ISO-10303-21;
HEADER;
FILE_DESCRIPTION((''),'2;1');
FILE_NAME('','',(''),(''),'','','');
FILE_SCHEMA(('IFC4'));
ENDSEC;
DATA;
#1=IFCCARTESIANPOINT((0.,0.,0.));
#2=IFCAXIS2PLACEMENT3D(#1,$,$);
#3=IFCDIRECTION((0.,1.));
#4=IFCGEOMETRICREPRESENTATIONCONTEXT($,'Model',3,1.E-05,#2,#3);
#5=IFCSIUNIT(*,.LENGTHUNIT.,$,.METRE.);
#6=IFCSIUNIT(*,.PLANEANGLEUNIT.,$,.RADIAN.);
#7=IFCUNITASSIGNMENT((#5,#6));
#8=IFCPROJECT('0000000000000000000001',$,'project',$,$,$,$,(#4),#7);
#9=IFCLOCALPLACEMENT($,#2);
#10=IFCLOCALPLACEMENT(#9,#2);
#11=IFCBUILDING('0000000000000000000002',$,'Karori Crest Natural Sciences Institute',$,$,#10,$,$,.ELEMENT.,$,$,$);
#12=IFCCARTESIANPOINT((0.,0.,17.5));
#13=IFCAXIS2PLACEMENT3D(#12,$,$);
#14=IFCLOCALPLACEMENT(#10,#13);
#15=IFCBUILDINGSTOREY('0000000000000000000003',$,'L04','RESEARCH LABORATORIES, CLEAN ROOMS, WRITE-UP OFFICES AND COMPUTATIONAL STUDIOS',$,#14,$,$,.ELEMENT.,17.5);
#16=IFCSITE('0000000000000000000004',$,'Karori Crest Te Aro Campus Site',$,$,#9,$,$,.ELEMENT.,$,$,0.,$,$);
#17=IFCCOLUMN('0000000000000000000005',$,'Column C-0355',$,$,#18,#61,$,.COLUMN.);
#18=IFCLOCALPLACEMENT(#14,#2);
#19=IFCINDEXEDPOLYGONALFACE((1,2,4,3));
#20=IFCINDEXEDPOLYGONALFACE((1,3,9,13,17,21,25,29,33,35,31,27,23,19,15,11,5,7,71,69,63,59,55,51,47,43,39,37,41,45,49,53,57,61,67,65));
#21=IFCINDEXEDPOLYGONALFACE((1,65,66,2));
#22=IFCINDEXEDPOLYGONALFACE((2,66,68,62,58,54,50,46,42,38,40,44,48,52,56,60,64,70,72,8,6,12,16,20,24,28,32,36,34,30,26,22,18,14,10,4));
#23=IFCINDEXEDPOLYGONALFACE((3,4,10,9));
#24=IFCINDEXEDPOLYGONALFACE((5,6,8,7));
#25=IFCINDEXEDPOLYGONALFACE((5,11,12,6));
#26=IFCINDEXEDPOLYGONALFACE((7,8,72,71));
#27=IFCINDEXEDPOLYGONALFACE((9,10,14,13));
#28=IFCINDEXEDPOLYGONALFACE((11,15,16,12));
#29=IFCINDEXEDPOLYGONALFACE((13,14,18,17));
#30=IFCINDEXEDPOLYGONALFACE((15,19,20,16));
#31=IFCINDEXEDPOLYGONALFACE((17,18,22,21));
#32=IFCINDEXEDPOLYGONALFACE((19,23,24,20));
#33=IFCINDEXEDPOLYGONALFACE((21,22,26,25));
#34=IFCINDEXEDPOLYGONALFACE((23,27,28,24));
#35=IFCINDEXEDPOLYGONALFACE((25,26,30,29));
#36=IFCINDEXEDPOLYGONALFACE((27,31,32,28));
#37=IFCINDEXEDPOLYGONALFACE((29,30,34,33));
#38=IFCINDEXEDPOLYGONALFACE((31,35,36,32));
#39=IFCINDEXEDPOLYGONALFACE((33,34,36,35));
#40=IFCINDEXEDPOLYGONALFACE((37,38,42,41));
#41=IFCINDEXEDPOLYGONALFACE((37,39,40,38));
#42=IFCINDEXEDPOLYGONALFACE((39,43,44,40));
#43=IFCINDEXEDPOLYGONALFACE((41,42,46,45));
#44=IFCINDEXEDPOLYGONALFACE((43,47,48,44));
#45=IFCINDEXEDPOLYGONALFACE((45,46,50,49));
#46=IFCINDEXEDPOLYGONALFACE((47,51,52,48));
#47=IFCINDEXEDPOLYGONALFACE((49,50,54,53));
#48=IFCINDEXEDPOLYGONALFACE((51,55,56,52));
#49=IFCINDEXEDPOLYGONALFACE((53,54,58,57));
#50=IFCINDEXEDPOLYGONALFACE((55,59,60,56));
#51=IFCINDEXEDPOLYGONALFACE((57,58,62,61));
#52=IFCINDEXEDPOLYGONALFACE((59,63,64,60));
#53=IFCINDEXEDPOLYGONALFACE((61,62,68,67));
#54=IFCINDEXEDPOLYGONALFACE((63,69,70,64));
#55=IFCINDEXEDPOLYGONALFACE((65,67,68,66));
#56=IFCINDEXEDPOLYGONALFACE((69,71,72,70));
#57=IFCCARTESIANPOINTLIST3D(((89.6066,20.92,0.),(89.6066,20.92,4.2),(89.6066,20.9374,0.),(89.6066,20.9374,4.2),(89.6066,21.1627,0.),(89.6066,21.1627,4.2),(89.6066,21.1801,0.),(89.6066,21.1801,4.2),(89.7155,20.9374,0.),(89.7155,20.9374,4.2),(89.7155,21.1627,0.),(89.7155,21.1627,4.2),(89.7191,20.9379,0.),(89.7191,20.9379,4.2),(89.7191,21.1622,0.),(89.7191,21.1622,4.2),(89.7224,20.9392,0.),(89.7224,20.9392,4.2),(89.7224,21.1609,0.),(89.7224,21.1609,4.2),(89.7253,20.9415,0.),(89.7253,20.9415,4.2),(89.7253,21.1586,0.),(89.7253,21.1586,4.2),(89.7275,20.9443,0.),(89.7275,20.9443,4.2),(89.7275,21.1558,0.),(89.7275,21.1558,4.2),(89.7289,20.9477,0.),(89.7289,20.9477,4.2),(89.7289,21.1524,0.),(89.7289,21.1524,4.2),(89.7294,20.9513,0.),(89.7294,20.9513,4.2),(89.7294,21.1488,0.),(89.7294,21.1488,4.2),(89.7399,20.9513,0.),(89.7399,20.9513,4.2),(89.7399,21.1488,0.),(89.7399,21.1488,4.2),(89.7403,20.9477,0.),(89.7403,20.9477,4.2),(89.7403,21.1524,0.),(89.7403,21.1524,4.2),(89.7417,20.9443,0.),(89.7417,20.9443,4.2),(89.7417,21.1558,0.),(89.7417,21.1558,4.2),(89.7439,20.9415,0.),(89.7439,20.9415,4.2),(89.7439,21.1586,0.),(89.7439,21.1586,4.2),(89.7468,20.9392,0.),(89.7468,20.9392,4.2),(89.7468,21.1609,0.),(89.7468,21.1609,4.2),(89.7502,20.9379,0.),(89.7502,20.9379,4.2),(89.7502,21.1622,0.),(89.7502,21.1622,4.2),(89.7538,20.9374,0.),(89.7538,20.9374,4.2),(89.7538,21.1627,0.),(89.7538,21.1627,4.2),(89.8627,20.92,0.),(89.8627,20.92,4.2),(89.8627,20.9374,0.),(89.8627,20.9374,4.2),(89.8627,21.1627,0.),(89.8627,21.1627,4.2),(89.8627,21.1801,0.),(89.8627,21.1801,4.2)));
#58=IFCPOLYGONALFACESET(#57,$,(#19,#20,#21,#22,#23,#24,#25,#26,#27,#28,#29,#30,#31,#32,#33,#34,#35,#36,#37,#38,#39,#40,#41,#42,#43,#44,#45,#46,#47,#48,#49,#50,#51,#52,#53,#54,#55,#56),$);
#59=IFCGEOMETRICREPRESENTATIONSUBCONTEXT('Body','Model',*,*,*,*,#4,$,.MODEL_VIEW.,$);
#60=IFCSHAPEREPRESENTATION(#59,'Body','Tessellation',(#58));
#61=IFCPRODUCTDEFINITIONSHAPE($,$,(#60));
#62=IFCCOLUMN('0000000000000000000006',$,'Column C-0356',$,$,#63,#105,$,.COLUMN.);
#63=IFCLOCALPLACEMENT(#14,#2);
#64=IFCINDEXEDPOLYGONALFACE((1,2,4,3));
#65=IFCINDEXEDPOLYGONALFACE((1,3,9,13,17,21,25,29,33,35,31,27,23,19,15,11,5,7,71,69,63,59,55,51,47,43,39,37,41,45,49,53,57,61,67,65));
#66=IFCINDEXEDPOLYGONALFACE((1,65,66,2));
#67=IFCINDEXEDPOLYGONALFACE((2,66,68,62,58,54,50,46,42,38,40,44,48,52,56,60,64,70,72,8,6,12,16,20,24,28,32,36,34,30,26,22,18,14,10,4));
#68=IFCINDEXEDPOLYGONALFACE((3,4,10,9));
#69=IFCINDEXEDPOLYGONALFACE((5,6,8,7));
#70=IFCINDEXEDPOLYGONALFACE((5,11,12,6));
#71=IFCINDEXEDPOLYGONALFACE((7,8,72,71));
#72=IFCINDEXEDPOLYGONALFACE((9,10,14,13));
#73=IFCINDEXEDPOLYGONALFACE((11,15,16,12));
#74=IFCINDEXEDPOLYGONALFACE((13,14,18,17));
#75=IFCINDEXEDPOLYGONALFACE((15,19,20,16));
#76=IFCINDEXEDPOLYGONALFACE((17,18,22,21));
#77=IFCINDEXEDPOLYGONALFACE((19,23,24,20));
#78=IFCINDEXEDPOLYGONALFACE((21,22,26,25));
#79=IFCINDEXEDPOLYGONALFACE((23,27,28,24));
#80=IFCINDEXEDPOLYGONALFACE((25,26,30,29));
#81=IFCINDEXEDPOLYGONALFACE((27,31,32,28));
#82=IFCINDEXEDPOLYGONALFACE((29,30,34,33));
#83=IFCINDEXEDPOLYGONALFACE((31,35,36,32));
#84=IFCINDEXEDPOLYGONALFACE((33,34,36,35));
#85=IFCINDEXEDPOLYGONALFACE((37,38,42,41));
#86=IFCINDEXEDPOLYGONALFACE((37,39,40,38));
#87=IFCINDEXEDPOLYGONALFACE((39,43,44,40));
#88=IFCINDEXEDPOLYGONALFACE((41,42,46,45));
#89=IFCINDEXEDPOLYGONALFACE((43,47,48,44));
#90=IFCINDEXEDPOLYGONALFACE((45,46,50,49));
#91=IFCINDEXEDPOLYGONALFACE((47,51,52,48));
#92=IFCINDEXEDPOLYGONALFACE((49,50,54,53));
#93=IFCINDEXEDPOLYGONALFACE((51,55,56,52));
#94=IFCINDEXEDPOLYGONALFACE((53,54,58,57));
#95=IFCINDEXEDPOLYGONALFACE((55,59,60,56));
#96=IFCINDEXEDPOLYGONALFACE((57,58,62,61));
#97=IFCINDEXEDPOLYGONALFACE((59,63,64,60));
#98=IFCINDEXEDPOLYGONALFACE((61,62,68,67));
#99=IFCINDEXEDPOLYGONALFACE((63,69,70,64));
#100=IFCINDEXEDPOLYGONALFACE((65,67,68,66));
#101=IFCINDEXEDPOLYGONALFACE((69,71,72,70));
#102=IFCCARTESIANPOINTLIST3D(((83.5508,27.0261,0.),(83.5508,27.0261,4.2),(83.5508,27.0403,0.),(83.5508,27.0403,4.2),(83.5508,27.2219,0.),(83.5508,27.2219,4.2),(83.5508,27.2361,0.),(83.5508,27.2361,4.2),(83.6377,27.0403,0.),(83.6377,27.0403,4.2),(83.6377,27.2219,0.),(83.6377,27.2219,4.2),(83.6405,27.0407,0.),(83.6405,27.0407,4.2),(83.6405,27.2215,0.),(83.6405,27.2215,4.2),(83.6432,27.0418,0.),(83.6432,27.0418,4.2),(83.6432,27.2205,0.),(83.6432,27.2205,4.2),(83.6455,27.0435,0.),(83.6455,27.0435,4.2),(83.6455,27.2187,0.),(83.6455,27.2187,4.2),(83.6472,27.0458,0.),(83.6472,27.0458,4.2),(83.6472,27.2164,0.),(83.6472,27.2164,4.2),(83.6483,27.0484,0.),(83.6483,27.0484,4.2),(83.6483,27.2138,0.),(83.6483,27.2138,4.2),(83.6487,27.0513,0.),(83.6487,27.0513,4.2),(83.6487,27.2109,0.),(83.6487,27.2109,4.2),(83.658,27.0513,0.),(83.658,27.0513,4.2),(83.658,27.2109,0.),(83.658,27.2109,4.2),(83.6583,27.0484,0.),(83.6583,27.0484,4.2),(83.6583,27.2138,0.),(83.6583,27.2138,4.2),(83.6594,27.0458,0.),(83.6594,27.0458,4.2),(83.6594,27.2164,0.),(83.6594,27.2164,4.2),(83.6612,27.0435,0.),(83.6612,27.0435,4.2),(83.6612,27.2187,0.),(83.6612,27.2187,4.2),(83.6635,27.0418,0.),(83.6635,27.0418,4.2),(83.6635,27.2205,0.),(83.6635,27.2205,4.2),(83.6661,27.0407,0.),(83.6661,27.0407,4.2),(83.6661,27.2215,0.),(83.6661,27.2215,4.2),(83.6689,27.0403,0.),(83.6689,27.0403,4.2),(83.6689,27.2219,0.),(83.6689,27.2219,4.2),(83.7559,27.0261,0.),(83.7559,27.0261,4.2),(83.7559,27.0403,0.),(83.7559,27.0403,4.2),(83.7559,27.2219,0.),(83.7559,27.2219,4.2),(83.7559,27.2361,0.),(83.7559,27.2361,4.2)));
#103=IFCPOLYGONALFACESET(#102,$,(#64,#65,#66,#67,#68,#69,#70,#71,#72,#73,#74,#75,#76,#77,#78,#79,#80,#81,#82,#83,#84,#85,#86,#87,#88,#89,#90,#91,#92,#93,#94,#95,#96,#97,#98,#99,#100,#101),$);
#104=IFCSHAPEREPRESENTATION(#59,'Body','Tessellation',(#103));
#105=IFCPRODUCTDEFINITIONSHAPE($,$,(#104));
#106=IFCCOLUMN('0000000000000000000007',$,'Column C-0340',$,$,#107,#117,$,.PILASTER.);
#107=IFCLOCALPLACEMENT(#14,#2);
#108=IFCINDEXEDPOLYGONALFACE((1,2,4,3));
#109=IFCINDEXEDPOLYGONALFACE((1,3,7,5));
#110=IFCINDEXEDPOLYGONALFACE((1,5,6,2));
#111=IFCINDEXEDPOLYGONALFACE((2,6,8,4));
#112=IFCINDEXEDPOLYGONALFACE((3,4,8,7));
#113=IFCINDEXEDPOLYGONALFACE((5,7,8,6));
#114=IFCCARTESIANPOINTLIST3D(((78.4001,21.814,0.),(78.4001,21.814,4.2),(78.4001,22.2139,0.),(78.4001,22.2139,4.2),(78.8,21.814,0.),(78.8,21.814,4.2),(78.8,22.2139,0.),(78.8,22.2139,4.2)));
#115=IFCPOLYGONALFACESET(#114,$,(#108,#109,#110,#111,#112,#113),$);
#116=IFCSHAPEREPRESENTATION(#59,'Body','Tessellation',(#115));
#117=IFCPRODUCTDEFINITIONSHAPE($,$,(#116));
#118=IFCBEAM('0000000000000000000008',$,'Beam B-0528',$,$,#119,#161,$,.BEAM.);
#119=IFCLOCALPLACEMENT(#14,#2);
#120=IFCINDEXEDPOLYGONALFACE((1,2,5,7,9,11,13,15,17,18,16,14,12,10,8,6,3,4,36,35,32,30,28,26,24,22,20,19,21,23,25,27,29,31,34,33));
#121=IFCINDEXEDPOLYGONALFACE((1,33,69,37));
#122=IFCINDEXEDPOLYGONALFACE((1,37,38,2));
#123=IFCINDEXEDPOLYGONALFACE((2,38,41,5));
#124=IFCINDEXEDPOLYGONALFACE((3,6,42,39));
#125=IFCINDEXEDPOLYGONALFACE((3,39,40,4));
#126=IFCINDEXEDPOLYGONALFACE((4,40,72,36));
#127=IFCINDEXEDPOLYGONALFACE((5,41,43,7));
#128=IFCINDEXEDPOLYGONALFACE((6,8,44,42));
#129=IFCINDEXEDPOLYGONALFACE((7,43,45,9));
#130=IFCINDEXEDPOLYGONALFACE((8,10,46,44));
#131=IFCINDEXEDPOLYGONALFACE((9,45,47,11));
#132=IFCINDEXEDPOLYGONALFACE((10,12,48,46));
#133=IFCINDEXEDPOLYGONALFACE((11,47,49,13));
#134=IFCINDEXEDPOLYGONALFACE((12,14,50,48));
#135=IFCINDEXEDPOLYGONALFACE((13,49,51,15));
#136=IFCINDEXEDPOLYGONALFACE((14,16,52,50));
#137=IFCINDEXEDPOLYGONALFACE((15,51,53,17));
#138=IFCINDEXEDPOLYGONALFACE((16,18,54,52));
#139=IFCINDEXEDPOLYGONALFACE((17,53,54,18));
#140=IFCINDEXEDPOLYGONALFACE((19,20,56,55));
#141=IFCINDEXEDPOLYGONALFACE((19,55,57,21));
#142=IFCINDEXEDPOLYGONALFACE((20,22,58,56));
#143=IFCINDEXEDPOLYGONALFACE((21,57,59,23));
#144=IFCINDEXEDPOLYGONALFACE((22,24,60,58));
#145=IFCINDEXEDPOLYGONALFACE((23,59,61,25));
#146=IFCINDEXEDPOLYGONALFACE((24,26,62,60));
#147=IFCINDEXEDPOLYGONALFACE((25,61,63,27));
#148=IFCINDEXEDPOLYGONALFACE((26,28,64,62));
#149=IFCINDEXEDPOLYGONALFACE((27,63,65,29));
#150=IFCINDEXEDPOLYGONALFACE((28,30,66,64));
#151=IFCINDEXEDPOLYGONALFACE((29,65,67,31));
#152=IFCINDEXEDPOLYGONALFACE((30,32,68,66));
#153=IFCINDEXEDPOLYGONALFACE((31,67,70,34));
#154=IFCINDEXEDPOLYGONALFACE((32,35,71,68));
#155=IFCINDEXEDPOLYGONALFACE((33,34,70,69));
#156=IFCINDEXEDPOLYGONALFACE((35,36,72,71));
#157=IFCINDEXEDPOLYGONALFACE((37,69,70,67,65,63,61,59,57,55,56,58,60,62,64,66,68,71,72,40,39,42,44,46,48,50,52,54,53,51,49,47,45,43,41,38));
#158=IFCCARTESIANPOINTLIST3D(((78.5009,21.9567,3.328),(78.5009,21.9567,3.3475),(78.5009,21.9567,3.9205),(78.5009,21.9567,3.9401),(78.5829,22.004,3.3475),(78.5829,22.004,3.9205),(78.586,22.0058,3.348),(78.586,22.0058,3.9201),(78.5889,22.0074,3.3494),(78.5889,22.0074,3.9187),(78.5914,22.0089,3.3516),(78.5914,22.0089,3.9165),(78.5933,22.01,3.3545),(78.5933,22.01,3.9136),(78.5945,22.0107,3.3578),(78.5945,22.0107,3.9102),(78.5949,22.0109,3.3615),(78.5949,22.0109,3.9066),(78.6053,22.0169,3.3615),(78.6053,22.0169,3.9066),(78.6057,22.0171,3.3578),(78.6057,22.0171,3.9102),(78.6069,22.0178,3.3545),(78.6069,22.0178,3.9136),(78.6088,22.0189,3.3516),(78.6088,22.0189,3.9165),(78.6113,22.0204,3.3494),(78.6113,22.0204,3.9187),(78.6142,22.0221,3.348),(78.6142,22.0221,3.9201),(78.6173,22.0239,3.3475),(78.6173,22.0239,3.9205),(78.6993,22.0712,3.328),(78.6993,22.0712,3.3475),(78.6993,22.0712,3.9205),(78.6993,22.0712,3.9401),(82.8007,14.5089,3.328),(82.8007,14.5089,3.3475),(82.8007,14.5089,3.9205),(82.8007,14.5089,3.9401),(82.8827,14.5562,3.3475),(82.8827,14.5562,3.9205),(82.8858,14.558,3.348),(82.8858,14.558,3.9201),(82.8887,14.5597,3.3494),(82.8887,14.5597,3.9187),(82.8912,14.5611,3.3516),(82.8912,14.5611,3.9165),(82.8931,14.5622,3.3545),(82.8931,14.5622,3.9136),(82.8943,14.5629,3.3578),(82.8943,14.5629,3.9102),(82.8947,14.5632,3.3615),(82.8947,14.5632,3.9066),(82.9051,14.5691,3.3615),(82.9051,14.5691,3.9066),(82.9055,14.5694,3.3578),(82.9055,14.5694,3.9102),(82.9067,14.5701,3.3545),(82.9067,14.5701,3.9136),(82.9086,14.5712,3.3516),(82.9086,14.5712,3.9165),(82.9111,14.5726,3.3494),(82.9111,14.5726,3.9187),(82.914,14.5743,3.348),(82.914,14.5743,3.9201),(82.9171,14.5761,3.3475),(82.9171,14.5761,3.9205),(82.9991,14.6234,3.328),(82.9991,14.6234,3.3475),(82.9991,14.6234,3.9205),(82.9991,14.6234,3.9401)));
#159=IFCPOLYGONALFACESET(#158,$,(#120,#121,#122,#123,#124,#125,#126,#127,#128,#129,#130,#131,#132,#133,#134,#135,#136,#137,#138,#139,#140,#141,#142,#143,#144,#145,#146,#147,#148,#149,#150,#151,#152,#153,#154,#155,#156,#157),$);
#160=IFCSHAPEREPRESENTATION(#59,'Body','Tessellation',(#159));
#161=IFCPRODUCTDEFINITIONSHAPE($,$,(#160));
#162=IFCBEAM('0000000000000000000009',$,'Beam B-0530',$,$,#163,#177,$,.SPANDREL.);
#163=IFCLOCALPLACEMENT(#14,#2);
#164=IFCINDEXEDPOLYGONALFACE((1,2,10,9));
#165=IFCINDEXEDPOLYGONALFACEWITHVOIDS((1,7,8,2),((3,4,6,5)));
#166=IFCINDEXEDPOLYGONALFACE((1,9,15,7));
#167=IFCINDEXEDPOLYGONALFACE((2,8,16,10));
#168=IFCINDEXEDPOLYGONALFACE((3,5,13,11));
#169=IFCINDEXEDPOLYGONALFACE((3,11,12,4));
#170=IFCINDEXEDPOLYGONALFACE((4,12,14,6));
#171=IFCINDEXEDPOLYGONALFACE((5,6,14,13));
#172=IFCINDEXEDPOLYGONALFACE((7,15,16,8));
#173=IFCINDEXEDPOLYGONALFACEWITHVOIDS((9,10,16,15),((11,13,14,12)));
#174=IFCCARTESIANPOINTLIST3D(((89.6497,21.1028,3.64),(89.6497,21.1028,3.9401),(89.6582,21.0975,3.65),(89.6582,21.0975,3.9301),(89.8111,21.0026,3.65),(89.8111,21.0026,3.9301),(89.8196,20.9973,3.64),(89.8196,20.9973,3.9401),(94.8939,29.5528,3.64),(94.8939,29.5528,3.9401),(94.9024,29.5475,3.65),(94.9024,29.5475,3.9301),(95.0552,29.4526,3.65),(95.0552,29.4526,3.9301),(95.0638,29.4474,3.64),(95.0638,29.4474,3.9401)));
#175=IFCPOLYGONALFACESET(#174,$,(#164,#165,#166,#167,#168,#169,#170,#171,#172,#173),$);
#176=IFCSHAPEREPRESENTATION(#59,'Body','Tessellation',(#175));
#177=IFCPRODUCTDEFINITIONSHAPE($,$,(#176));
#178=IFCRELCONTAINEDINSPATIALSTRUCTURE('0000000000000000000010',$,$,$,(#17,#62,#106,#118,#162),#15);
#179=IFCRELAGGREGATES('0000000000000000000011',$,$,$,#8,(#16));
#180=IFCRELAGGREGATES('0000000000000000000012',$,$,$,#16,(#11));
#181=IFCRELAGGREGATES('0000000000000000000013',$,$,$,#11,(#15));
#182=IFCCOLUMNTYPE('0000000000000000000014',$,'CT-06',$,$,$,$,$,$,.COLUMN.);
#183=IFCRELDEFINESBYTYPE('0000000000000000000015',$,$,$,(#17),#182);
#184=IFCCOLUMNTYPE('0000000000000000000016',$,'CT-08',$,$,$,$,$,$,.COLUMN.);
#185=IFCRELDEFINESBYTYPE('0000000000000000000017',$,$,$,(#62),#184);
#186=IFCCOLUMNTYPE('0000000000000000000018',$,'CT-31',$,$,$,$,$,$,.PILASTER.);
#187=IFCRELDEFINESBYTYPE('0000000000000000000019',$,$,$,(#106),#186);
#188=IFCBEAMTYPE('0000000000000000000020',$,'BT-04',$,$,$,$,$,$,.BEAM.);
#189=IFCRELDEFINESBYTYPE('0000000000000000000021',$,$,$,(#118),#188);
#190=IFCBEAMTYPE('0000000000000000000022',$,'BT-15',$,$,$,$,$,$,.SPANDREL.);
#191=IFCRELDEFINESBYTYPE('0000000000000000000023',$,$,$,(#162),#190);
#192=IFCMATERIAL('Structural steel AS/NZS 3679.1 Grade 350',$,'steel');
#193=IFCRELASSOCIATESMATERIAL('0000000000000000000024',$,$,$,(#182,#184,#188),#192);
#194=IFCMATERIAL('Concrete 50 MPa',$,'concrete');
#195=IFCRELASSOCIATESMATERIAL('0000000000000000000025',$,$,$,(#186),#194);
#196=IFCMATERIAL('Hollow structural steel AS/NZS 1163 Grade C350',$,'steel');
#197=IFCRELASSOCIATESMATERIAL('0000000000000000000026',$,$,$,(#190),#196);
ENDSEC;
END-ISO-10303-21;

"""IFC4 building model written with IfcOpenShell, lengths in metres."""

from ifc_helpers import new_model, si_unit, direction, frame, origin, origin_2d, place, context, subcontext, project, spatial, rectangle, hollow_rectangle, i_section, extrude, material, material_profile, profile_set, type_object, element, save


model = new_model("IFC4")

# Units and contexts
model_context = context("Model", 3, precision=1e-05, world=origin(), true_north=direction((0.0, 1.0)))
body_context = subcontext(model_context, "Body", "Model", "MODEL_VIEW")
ifc_project = project(units=[si_unit("LENGTHUNIT", "METRE"), si_unit("PLANEANGLEUNIT", "RADIAN")], contexts=[model_context])

# Site, building, storey
site_placement = place(None, origin())
site = spatial("IfcSite", under=ifc_project, at=site_placement, Name="Karori Crest Te Aro Campus Site", CompositionType="ELEMENT", RefElevation=0.0)
building_placement = place(site_placement, origin())
building = spatial("IfcBuilding", under=site, at=building_placement, Name="Karori Crest Natural Sciences Institute", CompositionType="ELEMENT")
storey_placement = place(building_placement, frame((0.0, 0.0, 17.5)))
storey = spatial("IfcBuildingStorey", under=building, at=storey_placement, Name="L04", Description="RESEARCH LABORATORIES, CLEAN ROOMS, WRITE-UP OFFICES AND COMPUTATIONAL STUDIOS", CompositionType="ELEMENT", Elevation=17.5)

# Columns
ifc_material_1 = material(Name="Structural steel AS/NZS 3679.1 Grade 350", Category="steel")
ifc_material_profile_1 = material_profile(ifc_material_1, i_section(OverallWidth=0.2561, OverallDepth=0.26, WebThickness=0.0105, FlangeThickness=0.0173, FilletRadius=0.0139, at=origin_2d()), Name="250UC89.5")
ifc_profile_set_1 = profile_set([ifc_material_profile_1], Name="Structural steel AS/NZS 3679.1 Grade 350")
column_type_1 = type_object("IfcColumnType", Name="CT-06", PredefinedType="COLUMN", material=ifc_profile_set_1)
column_1_placement = place(storey_placement, frame((89.7346, 21.05, 0.0), z_axis=(0.0, 0.0, 1.0), x_axis=(1.0, 0.0, 0.0)))
element("IfcColumn", 1, at=column_1_placement, inside=storey, type_object=column_type_1, Name="Column C-0355", PredefinedType="COLUMN", context=body_context, shape_type="SweptSolid", body=[
    extrude(i_section(OverallWidth=0.2561, OverallDepth=0.26, WebThickness=0.0105, FlangeThickness=0.0173, FilletRadius=0.0139, at=origin_2d()), origin(), (0.0, 0.0, 1.0), 4.2),
])
ifc_material_profile_2 = material_profile(ifc_material_1, i_section(OverallWidth=0.2051, OverallDepth=0.21, WebThickness=0.0093, FlangeThickness=0.0142, FilletRadius=0.011, at=origin_2d()), Name="200UC59.5")
ifc_profile_set_2 = profile_set([ifc_material_profile_2], Name="Structural steel AS/NZS 3679.1 Grade 350")
column_type_2 = type_object("IfcColumnType", Name="CT-08", PredefinedType="COLUMN", material=ifc_profile_set_2)
column_2_placement = place(storey_placement, frame((83.6533, 27.1311, 0.0), z_axis=(0.0, 0.0, 1.0), x_axis=(1.0, 0.0, 0.0)))
element("IfcColumn", 2, at=column_2_placement, inside=storey, type_object=column_type_2, Name="Column C-0356", PredefinedType="COLUMN", context=body_context, shape_type="SweptSolid", body=[
    extrude(i_section(OverallWidth=0.2051, OverallDepth=0.21, WebThickness=0.0093, FlangeThickness=0.0142, FilletRadius=0.011, at=origin_2d()), origin(), (0.0, 0.0, 1.0), 4.2),
])
ifc_material_2 = material(Name="Concrete 50 MPa", Category="concrete")
ifc_material_profile_3 = material_profile(ifc_material_2, rectangle(XDim=0.3999, YDim=0.3999, at=origin_2d()), Name="RC400x400")
ifc_profile_set_3 = profile_set([ifc_material_profile_3], Name="Concrete 50 MPa")
column_type_3 = type_object("IfcColumnType", Name="CT-31", PredefinedType="PILASTER", material=ifc_profile_set_3)
column_3_placement = place(storey_placement, frame((78.6001, 22.0139, 0.0), z_axis=(0.0, 0.0, 1.0), x_axis=(1.0, 0.0, 0.0)))
element("IfcColumn", 3, at=column_3_placement, inside=storey, type_object=column_type_3, Name="Column C-0340", PredefinedType="PILASTER", context=body_context, shape_type="SweptSolid", body=[
    extrude(rectangle(XDim=0.3999, YDim=0.3999, at=origin_2d()), origin(), (0.0, 0.0, 1.0), 4.2),
])

# Beams
ifc_material_profile_4 = material_profile(ifc_material_1, i_section(OverallWidth=0.229, OverallDepth=0.6121, WebThickness=0.012, FlangeThickness=0.0195, FilletRadius=0.0139, at=origin_2d()), Name="610UB125")
ifc_profile_set_4 = profile_set([ifc_material_profile_4], Name="Structural steel AS/NZS 3679.1 Grade 350")
beam_type_1 = type_object("IfcBeamType", Name="BT-04", PredefinedType="BEAM", material=ifc_profile_set_4)
beam_1_placement = place(storey_placement, frame((78.6001, 22.0139, 3.634), z_axis=(0.499986, -0.866033, 0.0), x_axis=(0.866033, 0.499986, 0.0)))
element("IfcBeam", 4, at=beam_1_placement, inside=storey, type_object=beam_type_1, Name="Beam B-0528", PredefinedType="BEAM", context=body_context, shape_type="SweptSolid", body=[
    extrude(i_section(OverallWidth=0.229, OverallDepth=0.6121, WebThickness=0.012, FlangeThickness=0.0195, FilletRadius=0.0139, at=origin_2d()), origin(), (0.0, 0.0, 1.0), 8.5999),
])
ifc_material_3 = material(Name="Hollow structural steel AS/NZS 1163 Grade C350", Category="steel")
ifc_material_profile_5 = material_profile(ifc_material_3, hollow_rectangle(XDim=0.2, YDim=0.3, WallThickness=0.01, at=origin_2d()), Name="RHS300x200x10")
ifc_profile_set_5 = profile_set([ifc_material_profile_5], Name="Hollow structural steel AS/NZS 1163 Grade C350")
beam_type_2 = type_object("IfcBeamType", Name="BT-15", PredefinedType="SPANDREL", material=ifc_profile_set_5)
beam_2_placement = place(storey_placement, frame((89.7346, 21.05, 3.79), z_axis=(0.527315, 0.84967, 0.0), x_axis=(-0.84967, 0.527315, 0.0)))
element("IfcBeam", 5, at=beam_2_placement, inside=storey, type_object=beam_type_2, Name="Beam B-0530", PredefinedType="SPANDREL", context=body_context, shape_type="SweptSolid", body=[
    extrude(hollow_rectangle(XDim=0.2, YDim=0.3, WallThickness=0.01, at=origin_2d()), origin(), (0.0, 0.0, 1.0), 9.9451),
])

save(model, "model.ifc")
